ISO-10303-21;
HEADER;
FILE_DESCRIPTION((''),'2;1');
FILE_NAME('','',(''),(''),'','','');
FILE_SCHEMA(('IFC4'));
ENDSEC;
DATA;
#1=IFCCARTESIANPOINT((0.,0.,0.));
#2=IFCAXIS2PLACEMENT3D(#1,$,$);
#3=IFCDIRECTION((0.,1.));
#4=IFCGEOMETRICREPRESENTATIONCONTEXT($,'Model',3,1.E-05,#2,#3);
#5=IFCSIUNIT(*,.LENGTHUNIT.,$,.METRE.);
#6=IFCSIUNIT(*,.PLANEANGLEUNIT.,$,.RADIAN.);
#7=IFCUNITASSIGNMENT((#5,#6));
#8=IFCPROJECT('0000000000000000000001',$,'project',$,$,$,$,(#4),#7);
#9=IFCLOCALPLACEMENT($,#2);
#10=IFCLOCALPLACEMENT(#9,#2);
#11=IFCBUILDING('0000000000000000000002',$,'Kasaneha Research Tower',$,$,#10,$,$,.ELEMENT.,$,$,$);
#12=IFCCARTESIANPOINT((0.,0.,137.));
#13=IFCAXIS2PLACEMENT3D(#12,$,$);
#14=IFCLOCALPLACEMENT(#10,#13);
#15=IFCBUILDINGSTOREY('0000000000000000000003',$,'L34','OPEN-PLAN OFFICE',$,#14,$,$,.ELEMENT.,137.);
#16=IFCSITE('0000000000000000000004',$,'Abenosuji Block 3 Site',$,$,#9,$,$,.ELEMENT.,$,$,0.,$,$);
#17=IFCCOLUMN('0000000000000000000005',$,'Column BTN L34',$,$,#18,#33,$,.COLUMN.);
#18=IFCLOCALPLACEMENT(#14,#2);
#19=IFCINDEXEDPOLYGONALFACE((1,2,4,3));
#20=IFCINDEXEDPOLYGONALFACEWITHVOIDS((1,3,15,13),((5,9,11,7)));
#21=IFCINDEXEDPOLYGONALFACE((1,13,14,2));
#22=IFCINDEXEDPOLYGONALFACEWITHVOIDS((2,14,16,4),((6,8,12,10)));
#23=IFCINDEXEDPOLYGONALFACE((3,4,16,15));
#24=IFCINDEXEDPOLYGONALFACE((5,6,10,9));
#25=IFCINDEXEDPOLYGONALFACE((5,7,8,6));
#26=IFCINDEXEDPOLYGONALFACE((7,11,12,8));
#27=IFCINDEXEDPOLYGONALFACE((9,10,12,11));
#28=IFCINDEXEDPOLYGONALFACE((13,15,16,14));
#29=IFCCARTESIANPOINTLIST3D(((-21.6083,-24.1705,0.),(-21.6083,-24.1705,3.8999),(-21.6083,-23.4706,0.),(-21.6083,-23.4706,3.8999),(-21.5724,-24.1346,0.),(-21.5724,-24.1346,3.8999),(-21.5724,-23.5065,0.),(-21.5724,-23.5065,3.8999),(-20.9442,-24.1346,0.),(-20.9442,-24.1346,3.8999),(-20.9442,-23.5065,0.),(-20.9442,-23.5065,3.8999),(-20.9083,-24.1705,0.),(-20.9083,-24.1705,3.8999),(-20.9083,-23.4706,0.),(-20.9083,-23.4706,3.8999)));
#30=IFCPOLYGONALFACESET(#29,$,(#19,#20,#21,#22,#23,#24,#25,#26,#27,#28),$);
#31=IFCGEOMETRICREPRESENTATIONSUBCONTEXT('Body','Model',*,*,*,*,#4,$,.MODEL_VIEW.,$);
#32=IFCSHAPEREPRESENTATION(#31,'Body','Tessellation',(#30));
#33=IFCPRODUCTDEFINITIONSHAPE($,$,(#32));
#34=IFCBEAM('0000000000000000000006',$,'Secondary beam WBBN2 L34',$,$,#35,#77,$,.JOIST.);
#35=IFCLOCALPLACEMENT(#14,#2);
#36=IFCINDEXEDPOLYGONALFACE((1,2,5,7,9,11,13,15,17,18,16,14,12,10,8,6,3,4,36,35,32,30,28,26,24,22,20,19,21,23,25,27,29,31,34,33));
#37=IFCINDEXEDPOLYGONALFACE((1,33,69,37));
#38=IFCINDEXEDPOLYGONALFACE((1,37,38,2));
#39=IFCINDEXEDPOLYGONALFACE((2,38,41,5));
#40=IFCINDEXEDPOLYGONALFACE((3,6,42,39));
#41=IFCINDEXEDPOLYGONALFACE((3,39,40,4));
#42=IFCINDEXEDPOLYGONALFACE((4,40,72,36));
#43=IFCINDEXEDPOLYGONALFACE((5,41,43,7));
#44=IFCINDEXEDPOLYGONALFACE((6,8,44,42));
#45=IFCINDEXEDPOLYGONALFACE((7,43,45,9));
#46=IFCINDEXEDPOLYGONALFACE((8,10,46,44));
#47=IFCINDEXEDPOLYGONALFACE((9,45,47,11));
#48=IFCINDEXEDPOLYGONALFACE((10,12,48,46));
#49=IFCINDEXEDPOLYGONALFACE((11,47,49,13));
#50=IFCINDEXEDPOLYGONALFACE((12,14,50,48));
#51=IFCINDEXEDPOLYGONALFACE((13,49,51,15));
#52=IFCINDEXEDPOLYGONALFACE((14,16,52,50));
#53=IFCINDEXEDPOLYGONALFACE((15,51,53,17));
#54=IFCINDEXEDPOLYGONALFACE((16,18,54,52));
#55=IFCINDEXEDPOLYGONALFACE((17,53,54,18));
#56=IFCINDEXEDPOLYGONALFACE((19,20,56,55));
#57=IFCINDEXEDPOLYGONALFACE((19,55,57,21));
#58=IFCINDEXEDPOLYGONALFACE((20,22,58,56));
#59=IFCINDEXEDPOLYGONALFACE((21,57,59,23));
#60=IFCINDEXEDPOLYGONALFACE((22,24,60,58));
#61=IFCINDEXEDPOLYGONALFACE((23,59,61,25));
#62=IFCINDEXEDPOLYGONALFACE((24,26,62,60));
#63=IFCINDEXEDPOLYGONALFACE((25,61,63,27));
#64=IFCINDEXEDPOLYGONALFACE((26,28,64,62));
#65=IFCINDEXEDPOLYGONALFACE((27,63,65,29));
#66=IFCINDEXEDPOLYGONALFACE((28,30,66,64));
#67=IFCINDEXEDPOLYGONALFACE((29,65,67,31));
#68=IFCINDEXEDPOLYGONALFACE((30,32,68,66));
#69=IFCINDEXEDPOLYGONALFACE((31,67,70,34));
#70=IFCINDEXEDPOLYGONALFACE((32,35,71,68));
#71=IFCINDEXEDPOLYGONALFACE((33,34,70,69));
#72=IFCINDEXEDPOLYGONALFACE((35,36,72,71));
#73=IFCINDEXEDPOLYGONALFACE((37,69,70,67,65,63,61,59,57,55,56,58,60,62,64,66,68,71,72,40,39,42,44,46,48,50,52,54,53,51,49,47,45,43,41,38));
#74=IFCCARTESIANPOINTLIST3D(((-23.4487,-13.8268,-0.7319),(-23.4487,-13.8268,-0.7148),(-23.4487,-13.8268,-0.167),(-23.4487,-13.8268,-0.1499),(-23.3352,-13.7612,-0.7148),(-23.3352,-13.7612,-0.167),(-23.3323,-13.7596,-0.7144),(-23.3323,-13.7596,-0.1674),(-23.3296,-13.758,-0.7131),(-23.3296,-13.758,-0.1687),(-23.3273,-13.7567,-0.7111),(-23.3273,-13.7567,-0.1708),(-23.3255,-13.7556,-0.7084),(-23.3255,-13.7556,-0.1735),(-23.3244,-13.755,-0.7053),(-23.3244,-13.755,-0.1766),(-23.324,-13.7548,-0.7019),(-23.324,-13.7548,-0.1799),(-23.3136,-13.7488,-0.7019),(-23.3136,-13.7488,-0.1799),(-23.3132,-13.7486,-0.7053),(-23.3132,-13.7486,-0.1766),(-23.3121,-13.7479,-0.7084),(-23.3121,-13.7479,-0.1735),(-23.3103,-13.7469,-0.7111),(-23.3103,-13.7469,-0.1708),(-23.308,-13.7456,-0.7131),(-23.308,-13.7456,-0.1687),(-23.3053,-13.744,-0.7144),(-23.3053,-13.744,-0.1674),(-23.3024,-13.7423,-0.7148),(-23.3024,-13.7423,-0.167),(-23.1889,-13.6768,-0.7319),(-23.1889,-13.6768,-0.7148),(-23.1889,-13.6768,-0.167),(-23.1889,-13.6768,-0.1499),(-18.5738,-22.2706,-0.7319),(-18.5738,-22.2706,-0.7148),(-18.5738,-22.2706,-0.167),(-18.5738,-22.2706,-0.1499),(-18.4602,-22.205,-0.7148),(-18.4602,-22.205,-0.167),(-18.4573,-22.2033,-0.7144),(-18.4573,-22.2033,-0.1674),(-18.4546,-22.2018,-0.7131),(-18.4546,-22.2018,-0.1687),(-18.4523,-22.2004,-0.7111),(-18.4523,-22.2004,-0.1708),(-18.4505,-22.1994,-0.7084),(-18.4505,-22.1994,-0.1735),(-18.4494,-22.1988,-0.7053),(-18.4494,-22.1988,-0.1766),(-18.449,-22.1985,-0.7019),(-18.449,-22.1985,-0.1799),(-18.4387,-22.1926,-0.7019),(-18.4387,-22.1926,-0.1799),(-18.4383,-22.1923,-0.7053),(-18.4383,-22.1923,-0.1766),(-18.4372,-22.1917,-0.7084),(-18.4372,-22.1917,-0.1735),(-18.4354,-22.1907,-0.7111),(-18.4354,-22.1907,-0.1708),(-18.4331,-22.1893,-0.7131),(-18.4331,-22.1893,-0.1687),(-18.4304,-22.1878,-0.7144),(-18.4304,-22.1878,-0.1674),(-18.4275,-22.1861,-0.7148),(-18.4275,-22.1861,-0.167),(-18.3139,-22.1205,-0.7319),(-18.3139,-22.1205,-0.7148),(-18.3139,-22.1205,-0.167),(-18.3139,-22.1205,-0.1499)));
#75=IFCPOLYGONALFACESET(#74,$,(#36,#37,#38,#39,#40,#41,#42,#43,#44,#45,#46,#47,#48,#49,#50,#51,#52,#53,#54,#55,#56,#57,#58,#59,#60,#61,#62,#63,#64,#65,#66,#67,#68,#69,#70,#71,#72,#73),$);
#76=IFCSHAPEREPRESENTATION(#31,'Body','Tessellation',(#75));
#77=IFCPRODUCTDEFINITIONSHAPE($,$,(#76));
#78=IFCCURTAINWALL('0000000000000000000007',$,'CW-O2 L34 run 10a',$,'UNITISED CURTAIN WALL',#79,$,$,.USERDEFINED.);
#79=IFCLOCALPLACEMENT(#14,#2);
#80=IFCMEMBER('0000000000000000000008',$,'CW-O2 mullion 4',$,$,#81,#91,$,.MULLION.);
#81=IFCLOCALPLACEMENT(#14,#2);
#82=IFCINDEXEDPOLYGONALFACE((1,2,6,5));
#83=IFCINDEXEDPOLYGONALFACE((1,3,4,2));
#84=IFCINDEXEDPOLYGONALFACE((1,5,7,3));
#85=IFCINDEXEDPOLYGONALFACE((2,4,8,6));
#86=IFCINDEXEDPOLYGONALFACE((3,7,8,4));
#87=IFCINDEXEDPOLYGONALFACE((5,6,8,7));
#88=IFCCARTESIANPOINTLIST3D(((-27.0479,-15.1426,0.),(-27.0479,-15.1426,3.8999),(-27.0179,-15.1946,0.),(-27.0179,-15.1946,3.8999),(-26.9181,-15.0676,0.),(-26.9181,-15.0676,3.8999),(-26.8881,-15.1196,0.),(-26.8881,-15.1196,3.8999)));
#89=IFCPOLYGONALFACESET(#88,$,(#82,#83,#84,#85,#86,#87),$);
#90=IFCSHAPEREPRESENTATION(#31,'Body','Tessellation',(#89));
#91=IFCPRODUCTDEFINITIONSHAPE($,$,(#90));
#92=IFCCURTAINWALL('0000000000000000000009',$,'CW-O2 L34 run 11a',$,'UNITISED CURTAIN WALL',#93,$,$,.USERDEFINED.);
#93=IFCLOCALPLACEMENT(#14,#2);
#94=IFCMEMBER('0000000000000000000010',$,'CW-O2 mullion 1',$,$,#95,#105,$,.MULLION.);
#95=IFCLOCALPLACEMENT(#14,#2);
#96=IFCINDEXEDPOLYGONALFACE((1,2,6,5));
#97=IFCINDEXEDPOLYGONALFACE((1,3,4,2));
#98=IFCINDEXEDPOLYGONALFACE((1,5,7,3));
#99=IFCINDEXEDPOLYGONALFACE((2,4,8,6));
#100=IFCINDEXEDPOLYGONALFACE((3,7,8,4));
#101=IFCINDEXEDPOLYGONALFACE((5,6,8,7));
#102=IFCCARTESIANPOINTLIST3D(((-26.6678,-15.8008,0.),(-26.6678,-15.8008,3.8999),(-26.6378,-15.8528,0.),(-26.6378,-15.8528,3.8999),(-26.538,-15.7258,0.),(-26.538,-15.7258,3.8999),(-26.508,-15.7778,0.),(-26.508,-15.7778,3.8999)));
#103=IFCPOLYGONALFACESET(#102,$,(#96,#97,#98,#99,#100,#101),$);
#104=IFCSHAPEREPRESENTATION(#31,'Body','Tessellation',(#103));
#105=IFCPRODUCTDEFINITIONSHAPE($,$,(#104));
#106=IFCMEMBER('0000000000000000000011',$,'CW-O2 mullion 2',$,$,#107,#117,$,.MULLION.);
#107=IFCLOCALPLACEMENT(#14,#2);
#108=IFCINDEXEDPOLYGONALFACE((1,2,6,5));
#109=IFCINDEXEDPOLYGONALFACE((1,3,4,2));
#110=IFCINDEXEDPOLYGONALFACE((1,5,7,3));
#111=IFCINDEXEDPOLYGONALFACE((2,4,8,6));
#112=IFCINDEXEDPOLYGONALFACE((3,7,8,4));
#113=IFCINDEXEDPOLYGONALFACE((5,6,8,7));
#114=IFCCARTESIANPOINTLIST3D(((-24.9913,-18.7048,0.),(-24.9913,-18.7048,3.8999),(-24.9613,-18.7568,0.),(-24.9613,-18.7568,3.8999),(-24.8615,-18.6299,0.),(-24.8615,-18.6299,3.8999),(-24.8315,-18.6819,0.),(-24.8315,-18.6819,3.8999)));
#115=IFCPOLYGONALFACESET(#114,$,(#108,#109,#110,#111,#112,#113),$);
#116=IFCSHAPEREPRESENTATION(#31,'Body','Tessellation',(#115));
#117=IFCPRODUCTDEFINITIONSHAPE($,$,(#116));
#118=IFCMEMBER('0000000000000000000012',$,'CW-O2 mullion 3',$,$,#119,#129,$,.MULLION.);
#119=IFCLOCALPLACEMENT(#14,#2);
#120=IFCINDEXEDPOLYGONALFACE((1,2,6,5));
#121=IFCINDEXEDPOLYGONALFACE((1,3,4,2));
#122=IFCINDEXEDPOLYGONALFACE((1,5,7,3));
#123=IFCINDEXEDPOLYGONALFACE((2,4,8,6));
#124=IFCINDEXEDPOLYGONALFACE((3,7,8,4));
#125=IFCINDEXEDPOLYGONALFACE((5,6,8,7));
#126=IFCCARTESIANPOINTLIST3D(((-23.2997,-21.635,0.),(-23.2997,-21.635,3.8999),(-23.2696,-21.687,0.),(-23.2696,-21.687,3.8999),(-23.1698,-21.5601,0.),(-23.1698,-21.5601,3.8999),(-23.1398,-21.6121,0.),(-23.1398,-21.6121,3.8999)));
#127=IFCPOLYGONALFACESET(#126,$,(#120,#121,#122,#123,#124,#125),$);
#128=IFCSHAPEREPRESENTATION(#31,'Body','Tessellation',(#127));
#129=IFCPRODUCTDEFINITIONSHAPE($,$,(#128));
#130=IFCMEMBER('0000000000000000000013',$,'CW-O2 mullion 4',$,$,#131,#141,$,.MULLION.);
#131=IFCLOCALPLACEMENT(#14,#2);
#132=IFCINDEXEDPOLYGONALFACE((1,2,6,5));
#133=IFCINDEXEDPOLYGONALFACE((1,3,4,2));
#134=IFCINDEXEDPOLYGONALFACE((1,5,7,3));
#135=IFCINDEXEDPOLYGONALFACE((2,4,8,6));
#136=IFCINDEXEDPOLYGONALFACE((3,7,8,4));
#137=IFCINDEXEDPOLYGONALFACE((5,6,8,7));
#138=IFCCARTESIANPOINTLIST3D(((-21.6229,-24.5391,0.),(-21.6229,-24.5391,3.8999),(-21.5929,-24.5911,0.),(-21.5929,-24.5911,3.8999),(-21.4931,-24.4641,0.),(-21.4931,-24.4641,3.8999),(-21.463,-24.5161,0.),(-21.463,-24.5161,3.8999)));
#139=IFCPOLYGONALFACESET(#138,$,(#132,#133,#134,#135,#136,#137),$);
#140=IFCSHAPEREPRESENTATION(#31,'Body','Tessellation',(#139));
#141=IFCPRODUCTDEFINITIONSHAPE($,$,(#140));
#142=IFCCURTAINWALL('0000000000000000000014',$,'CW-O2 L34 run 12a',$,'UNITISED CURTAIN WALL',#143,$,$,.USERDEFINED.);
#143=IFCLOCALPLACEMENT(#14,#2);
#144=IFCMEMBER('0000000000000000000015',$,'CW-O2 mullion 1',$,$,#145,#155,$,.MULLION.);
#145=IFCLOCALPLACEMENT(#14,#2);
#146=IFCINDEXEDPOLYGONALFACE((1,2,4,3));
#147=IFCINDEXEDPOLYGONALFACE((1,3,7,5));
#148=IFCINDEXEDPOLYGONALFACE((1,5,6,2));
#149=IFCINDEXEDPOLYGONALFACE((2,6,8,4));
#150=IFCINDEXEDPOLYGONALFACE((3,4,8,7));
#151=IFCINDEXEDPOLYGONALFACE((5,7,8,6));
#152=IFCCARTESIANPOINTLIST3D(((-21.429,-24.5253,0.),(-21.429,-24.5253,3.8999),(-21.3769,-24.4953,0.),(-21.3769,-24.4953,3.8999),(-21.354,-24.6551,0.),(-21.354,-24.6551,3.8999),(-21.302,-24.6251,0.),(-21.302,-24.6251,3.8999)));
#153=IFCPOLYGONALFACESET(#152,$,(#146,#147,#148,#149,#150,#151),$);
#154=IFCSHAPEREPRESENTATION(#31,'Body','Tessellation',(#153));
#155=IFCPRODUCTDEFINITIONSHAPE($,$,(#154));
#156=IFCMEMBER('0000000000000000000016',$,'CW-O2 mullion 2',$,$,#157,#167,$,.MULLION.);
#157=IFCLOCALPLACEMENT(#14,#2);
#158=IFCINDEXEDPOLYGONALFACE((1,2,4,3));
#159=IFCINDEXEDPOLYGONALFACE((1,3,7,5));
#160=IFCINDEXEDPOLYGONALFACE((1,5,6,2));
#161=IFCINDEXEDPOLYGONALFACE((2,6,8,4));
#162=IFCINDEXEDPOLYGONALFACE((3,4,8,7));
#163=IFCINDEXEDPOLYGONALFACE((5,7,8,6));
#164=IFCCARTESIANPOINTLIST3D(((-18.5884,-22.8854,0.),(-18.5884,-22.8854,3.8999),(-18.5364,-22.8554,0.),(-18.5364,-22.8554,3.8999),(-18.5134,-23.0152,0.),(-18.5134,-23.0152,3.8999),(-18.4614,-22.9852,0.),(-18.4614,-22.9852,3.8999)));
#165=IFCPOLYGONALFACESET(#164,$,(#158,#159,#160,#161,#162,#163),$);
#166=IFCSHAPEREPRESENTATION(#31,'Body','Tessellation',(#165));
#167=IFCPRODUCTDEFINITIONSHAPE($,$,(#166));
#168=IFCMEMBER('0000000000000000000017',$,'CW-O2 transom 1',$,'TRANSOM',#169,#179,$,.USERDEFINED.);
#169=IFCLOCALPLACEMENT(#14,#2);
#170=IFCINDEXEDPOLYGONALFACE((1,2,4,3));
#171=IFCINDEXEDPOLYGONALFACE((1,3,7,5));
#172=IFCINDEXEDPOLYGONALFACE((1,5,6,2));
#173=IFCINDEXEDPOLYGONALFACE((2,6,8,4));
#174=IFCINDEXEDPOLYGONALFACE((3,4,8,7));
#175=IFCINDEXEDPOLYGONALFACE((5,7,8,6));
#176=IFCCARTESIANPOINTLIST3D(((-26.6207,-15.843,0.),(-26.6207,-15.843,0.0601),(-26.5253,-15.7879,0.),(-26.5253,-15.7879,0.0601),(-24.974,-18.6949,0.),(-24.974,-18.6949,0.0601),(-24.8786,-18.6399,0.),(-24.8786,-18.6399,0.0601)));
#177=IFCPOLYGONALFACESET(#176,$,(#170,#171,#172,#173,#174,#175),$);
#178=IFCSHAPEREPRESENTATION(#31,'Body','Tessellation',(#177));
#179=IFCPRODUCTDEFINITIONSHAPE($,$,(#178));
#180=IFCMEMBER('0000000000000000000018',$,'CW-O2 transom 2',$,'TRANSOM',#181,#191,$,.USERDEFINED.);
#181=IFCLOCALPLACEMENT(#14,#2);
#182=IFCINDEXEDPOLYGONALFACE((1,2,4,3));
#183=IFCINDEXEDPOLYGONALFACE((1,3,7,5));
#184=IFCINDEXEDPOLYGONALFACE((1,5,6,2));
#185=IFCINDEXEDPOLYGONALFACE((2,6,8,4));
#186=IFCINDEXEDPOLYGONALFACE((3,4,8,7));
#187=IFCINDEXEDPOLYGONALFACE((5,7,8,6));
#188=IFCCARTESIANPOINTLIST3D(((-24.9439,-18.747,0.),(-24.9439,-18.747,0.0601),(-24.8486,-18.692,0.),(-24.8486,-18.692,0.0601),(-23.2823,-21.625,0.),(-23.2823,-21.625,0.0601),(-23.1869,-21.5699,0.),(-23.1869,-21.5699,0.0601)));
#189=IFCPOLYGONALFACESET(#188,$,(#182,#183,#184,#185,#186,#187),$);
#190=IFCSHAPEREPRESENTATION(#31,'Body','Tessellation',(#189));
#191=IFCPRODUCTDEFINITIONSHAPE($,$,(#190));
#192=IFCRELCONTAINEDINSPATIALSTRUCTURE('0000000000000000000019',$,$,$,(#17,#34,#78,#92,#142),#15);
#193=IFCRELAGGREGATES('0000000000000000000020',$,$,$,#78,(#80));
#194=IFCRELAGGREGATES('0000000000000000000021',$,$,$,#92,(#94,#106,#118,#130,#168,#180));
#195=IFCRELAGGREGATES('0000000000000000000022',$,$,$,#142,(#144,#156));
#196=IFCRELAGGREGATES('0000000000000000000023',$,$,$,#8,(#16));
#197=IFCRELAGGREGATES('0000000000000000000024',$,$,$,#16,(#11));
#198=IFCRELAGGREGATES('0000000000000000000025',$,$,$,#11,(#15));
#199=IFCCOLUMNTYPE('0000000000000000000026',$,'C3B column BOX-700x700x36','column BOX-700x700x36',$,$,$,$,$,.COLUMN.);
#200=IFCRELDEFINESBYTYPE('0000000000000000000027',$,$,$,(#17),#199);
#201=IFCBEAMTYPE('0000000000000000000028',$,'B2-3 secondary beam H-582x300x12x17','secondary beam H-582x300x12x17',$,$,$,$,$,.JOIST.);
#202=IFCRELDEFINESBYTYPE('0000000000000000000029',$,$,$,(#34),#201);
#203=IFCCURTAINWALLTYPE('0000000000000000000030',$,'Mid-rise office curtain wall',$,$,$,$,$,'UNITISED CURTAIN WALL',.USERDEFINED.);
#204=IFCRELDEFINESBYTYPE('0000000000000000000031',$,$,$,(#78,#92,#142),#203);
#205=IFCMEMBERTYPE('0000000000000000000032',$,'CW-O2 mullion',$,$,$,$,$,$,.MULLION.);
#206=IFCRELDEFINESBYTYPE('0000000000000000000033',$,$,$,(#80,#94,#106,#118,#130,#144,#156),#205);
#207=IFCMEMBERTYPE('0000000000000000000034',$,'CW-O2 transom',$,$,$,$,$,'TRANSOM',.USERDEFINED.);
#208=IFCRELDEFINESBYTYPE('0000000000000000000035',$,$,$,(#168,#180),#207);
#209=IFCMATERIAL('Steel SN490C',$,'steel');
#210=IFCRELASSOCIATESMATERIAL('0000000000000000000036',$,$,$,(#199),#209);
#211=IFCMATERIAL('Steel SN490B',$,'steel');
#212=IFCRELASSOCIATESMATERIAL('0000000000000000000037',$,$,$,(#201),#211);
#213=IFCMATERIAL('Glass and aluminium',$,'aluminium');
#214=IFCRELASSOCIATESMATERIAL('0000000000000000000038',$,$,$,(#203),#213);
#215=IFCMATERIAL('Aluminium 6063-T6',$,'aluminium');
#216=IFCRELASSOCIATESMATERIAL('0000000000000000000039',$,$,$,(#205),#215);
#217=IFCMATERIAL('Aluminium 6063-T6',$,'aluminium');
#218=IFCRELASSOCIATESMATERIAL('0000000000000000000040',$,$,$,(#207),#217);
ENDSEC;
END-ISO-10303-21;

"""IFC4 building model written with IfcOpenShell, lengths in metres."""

from ifc_helpers import new_model, si_unit, direction, frame, origin, origin_2d, place, context, subcontext, project, spatial, rectangle, hollow_rectangle, i_section, extrude, material, material_profile, profile_set, type_object, element, aggregate, save


model = new_model("IFC4")

# Units and contexts
model_context = context("Model", 3, precision=1e-05, world=origin(), true_north=direction((0.0, 1.0)))
body_context = subcontext(model_context, "Body", "Model", "MODEL_VIEW")
ifc_project = project(units=[si_unit("LENGTHUNIT", "METRE"), si_unit("PLANEANGLEUNIT", "RADIAN")], contexts=[model_context])

# Site, building, storey
site_placement = place(None, origin())
site = spatial("IfcSite", under=ifc_project, at=site_placement, Name="Abenosuji Block 3 Site", CompositionType="ELEMENT", RefElevation=0.0)
building_placement = place(site_placement, origin())
building = spatial("IfcBuilding", under=site, at=building_placement, Name="Kasaneha Research Tower", CompositionType="ELEMENT")
storey_placement = place(building_placement, frame((0.0, 0.0, 137.0)))
storey = spatial("IfcBuildingStorey", under=building, at=storey_placement, Name="L34", Description="OPEN-PLAN OFFICE", CompositionType="ELEMENT", Elevation=137.0)

# Column
ifc_material_1 = material(Name="Steel SN490C", Category="steel")
ifc_material_profile_1 = material_profile(ifc_material_1, hollow_rectangle(XDim=0.7, YDim=0.7, WallThickness=0.0359, at=origin_2d()), Name="BOX-700x700x36")
ifc_profile_set_1 = profile_set([ifc_material_profile_1], Name="Steel SN490C")
column_type = type_object("IfcColumnType", Name="C3B column BOX-700x700x36", Description="column BOX-700x700x36", PredefinedType="COLUMN", material=ifc_profile_set_1)
column_placement = place(storey_placement, frame((-21.2583, -23.8206, 0.0), z_axis=(0.0, 0.0, 1.0), x_axis=(1.0, 0.0, 0.0)))
element("IfcColumn", 1, at=column_placement, inside=storey, type_object=column_type, Name="Column BTN L34", PredefinedType="COLUMN", context=body_context, shape_type="SweptSolid", body=[
    extrude(hollow_rectangle(XDim=0.7, YDim=0.7, WallThickness=0.0359, at=origin_2d()), origin(), (0.0, 0.0, 1.0), 3.8999),
])

# Beam
ifc_material_2 = material(Name="Steel SN490B", Category="steel")
ifc_material_profile_2 = material_profile(ifc_material_2, i_section(OverallWidth=0.3, OverallDepth=0.582, WebThickness=0.012, FlangeThickness=0.0171, FilletRadius=0.0129, at=origin_2d()), Name="H-582x300x12x17")
ifc_profile_set_2 = profile_set([ifc_material_profile_2], Name="Steel SN490B")
beam_type_1 = type_object("IfcBeamType", Name="B2-3 secondary beam H-582x300x12x17", Description="secondary beam H-582x300x12x17", PredefinedType="JOIST", material=ifc_profile_set_2)
beam_1_placement = place(storey_placement, frame((-18.4438, -22.1956, -0.4409), z_axis=(-0.499996, 0.866028, 0.0), x_axis=(-0.866028, -0.499996, 0.0)))
element("IfcBeam", 2, at=beam_1_placement, inside=storey, type_object=beam_type_1, Name="Secondary beam WBBN2 L34", PredefinedType="JOIST", context=body_context, shape_type="SweptSolid", body=[
    extrude(i_section(OverallWidth=0.3, OverallDepth=0.582, WebThickness=0.012, FlangeThickness=0.0171, FilletRadius=0.0129, at=origin_2d()), origin(), (0.0, 0.0, 1.0), 9.75),
])

# Curtain wall, member
ifc_material_3 = material(Name="Glass and aluminium", Category="aluminium")
curtain_wall_type = type_object("IfcCurtainWallType", Name="Mid-rise office curtain wall", ElementType="UNITISED CURTAIN WALL", PredefinedType="USERDEFINED", material=ifc_material_3)
curtain_wall_1_placement = place(storey_placement, origin())
curtain_wall_1 = element("IfcCurtainWall", 3, at=curtain_wall_1_placement, inside=storey, type_object=curtain_wall_type, Name="CW-O2 L34 run 10a", ObjectType="UNITISED CURTAIN WALL", PredefinedType="USERDEFINED")
ifc_material_4 = material(Name="Aluminium 6063-T6", Category="aluminium")
ifc_material_profile_3 = material_profile(ifc_material_4, rectangle(XDim=0.0601, YDim=0.1499, at=origin_2d()), Name="CW-O2 mullion 60x150")
ifc_profile_set_3 = profile_set([ifc_material_profile_3], Name="Aluminium 6063-T6")
member_type_1 = type_object("IfcMemberType", Name="CW-O2 mullion", PredefinedType="MULLION", material=ifc_profile_set_3)
member_1_placement = place(storey_placement, frame((-26.968, -15.1311, 0.0), z_axis=(0.0, 0.0, 1.0), x_axis=(0.5, -0.866025, 0.0)))
member_1 = element("IfcMember", 4, at=member_1_placement, type_object=member_type_1, Name="CW-O2 mullion 4", PredefinedType="MULLION", context=body_context, shape_type="SweptSolid", body=[
    extrude(rectangle(XDim=0.0601, YDim=0.1499, at=origin_2d()), origin(), (0.0, 0.0, 1.0), 3.8999),
])

# Curtain walls, members
curtain_wall_2_placement = place(storey_placement, origin())
curtain_wall_2 = element("IfcCurtainWall", 5, at=curtain_wall_2_placement, inside=storey, type_object=curtain_wall_type, Name="CW-O2 L34 run 11a", ObjectType="UNITISED CURTAIN WALL", PredefinedType="USERDEFINED")
member_2_placement = place(storey_placement, frame((-26.5879, -15.7893, 0.0), z_axis=(0.0, 0.0, 1.0), x_axis=(0.5, -0.866025, 0.0)))
member_2 = element("IfcMember", 6, at=member_2_placement, type_object=member_type_1, Name="CW-O2 mullion 1", PredefinedType="MULLION", context=body_context, shape_type="SweptSolid", body=[
    extrude(rectangle(XDim=0.0601, YDim=0.1499, at=origin_2d()), origin(), (0.0, 0.0, 1.0), 3.8999),
])
member_3_placement = place(storey_placement, frame((-24.9114, -18.6934, 0.0), z_axis=(0.0, 0.0, 1.0), x_axis=(0.5, -0.866025, 0.0)))
member_3 = element("IfcMember", 7, at=member_3_placement, type_object=member_type_1, Name="CW-O2 mullion 2", PredefinedType="MULLION", context=body_context, shape_type="SweptSolid", body=[
    extrude(rectangle(XDim=0.0601, YDim=0.1499, at=origin_2d()), origin(), (0.0, 0.0, 1.0), 3.8999),
])
member_4_placement = place(storey_placement, frame((-23.2197, -21.6235, 0.0), z_axis=(0.0, 0.0, 1.0), x_axis=(0.5, -0.866025, 0.0)))
member_4 = element("IfcMember", 8, at=member_4_placement, type_object=member_type_1, Name="CW-O2 mullion 3", PredefinedType="MULLION", context=body_context, shape_type="SweptSolid", body=[
    extrude(rectangle(XDim=0.0601, YDim=0.1499, at=origin_2d()), origin(), (0.0, 0.0, 1.0), 3.8999),
])
member_5_placement = place(storey_placement, frame((-21.543, -24.5276, 0.0), z_axis=(0.0, 0.0, 1.0), x_axis=(0.5, -0.866025, 0.0)))
member_5 = element("IfcMember", 9, at=member_5_placement, type_object=member_type_1, Name="CW-O2 mullion 4", PredefinedType="MULLION", context=body_context, shape_type="SweptSolid", body=[
    extrude(rectangle(XDim=0.0601, YDim=0.1499, at=origin_2d()), origin(), (0.0, 0.0, 1.0), 3.8999),
])
curtain_wall_3_placement = place(storey_placement, origin())
curtain_wall_3 = element("IfcCurtainWall", 10, at=curtain_wall_3_placement, inside=storey, type_object=curtain_wall_type, Name="CW-O2 L34 run 12a", ObjectType="UNITISED CURTAIN WALL", PredefinedType="USERDEFINED")
member_6_placement = place(storey_placement, frame((-21.3655, -24.5752, 0.0), z_axis=(0.0, 0.0, 1.0), x_axis=(0.866025, 0.5, 0.0)))
member_6 = element("IfcMember", 11, at=member_6_placement, type_object=member_type_1, Name="CW-O2 mullion 1", PredefinedType="MULLION", context=body_context, shape_type="SweptSolid", body=[
    extrude(rectangle(XDim=0.0601, YDim=0.1499, at=origin_2d()), origin(), (0.0, 0.0, 1.0), 3.8999),
])
member_7_placement = place(storey_placement, frame((-18.5249, -22.9353, 0.0), z_axis=(0.0, 0.0, 1.0), x_axis=(0.866025, 0.5, 0.0)))
member_7 = element("IfcMember", 12, at=member_7_placement, type_object=member_type_1, Name="CW-O2 mullion 2", PredefinedType="MULLION", context=body_context, shape_type="SweptSolid", body=[
    extrude(rectangle(XDim=0.0601, YDim=0.1499, at=origin_2d()), origin(), (0.0, 0.0, 1.0), 3.8999),
])

# Members
ifc_material_5 = material(Name="Aluminium 6063-T6", Category="aluminium")
ifc_material_profile_4 = material_profile(ifc_material_5, rectangle(XDim=0.1101, YDim=0.0601, at=origin_2d()), Name="CW-O2 transom 110x60")
ifc_profile_set_4 = profile_set([ifc_material_profile_4], Name="Aluminium 6063-T6")
member_type_2 = type_object("IfcMemberType", Name="CW-O2 transom", ElementType="TRANSOM", PredefinedType="USERDEFINED", material=ifc_profile_set_4)
member_8_placement = place(storey_placement, frame((-26.573, -15.8154, 0.03), z_axis=(0.500022, -0.866013, 0.0), x_axis=(0.866013, 0.500022, 0.0)))
member_8 = element("IfcMember", 13, at=member_8_placement, type_object=member_type_2, Name="CW-O2 transom 1", ObjectType="TRANSOM", PredefinedType="USERDEFINED", context=body_context, shape_type="SweptSolid", body=[
    extrude(rectangle(XDim=0.1101, YDim=0.0601, at=origin_2d()), origin(), (0.0, 0.0, 1.0), 3.2932),
])
member_9_placement = place(storey_placement, frame((-24.8962, -18.7195, 0.03), z_axis=(0.500011, -0.866019, 0.0), x_axis=(0.866019, 0.500011, 0.0)))
member_9 = element("IfcMember", 14, at=member_9_placement, type_object=member_type_2, Name="CW-O2 transom 2", ObjectType="TRANSOM", PredefinedType="USERDEFINED", context=body_context, shape_type="SweptSolid", body=[
    extrude(rectangle(XDim=0.1101, YDim=0.0601, at=origin_2d()), origin(), (0.0, 0.0, 1.0), 3.3232),
])

aggregate(curtain_wall_1, [member_1])
aggregate(curtain_wall_2, [member_2, member_3, member_4, member_5, member_8, member_9])
aggregate(curtain_wall_3, [member_6, member_7])

save(model, "model.ifc")
